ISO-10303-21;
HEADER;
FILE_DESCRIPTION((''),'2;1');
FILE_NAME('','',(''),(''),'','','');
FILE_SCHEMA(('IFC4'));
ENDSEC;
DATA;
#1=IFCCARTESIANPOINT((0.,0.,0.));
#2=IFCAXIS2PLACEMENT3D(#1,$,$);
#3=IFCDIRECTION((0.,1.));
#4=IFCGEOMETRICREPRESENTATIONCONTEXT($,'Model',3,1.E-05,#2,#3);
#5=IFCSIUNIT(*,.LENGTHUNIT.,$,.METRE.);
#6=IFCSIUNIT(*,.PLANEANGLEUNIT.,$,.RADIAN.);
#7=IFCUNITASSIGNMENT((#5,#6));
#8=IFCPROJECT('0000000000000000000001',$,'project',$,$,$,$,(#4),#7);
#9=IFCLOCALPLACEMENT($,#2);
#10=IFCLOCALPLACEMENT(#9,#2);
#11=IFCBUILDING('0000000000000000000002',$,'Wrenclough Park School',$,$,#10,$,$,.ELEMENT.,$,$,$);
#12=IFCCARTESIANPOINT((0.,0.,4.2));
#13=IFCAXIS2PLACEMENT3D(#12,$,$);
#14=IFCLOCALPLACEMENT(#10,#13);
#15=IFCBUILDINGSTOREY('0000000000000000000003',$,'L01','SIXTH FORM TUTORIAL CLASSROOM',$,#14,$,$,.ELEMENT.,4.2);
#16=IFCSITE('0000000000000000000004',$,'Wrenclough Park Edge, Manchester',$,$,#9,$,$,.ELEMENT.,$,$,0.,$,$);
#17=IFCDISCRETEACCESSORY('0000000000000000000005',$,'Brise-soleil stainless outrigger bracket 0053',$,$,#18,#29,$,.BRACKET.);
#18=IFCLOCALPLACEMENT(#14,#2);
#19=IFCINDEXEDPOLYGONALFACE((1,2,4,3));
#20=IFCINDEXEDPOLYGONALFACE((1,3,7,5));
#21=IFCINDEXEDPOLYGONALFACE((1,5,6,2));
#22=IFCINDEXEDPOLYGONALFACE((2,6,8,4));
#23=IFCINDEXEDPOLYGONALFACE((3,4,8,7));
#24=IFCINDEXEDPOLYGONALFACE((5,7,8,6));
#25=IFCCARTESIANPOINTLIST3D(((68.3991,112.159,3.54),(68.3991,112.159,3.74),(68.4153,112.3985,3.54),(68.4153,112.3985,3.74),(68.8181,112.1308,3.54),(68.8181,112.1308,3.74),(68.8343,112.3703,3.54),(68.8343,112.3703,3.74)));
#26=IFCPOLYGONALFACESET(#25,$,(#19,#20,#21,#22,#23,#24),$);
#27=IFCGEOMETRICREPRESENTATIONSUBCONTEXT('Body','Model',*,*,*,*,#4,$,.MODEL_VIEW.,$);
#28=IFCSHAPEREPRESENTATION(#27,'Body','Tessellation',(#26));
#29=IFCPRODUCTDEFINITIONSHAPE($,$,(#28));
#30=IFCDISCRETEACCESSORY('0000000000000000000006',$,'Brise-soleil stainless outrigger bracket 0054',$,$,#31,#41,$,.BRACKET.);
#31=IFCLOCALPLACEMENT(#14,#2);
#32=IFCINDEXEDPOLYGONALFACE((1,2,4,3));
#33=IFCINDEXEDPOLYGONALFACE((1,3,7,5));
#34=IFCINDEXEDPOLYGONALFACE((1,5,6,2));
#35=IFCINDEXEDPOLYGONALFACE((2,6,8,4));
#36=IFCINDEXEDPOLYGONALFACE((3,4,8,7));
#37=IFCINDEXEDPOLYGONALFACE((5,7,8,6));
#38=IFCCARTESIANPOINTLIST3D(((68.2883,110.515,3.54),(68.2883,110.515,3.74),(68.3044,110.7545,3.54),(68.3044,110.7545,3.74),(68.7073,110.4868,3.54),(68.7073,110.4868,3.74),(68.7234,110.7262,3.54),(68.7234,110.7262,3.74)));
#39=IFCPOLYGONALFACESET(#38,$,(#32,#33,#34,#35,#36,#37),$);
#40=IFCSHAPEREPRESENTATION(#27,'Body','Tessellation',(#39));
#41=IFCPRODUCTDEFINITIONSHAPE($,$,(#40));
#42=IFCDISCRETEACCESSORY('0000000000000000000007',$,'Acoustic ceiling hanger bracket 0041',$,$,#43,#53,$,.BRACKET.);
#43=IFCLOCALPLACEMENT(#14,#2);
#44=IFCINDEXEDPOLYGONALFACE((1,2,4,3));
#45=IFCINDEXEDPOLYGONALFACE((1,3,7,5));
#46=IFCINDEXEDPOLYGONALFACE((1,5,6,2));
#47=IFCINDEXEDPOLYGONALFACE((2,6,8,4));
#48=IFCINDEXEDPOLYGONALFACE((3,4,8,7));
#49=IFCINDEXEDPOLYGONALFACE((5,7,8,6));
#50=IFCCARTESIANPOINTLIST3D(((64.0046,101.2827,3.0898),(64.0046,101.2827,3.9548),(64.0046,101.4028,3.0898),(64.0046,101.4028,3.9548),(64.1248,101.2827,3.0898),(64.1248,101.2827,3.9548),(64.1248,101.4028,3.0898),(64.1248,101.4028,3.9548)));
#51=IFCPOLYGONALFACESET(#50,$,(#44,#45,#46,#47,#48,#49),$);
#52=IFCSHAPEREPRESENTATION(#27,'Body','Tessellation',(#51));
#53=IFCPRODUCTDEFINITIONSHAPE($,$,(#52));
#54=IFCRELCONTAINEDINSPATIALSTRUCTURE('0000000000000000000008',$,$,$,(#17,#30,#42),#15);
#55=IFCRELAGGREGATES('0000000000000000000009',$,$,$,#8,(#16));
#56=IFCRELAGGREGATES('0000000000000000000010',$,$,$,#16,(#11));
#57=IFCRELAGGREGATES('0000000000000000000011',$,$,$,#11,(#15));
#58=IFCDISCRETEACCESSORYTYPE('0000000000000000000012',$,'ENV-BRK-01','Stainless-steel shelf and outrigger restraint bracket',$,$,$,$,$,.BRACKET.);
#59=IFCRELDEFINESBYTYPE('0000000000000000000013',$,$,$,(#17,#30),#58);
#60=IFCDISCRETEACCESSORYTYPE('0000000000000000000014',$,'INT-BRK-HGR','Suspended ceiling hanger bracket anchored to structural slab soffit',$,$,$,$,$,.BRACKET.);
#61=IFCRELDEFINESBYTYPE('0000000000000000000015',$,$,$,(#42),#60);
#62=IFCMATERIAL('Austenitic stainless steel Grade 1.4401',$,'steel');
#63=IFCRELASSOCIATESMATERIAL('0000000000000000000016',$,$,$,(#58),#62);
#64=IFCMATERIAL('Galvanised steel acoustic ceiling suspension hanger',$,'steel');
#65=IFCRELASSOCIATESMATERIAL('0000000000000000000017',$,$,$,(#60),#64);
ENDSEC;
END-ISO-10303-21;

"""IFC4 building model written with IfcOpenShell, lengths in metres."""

from ifc_helpers import new_model, si_unit, direction, frame, origin, origin_2d, place, context, subcontext, project, spatial, rectangle, extrude, material, type_object, element, save


model = new_model("IFC4")

# Units and contexts
model_context = context("Model", 3, precision=1e-05, world=origin(), true_north=direction((0.0, 1.0)))
body_context = subcontext(model_context, "Body", "Model", "MODEL_VIEW")
ifc_project = project(units=[si_unit("LENGTHUNIT", "METRE"), si_unit("PLANEANGLEUNIT", "RADIAN")], contexts=[model_context])

# Site, building, storey
site_placement = place(None, origin())
site = spatial("IfcSite", under=ifc_project, at=site_placement, Name="Wrenclough Park Edge, Manchester", CompositionType="ELEMENT", RefElevation=0.0)
building_placement = place(site_placement, origin())
building = spatial("IfcBuilding", under=site, at=building_placement, Name="Wrenclough Park School", CompositionType="ELEMENT")
storey_placement = place(building_placement, frame((0.0, 0.0, 4.2)))
storey = spatial("IfcBuildingStorey", under=building, at=storey_placement, Name="L01", Description="SIXTH FORM TUTORIAL CLASSROOM", CompositionType="ELEMENT", Elevation=4.2)

# Discrete accessories
ifc_material_1 = material(Name="Austenitic stainless steel Grade 1.4401", Category="steel")
discrete_accessory_type_1 = type_object("IfcDiscreteAccessoryType", Name="ENV-BRK-01", Description="Stainless-steel shelf and outrigger restraint bracket", PredefinedType="BRACKET", material=ifc_material_1)
for number, where, z_axis, x_axis, name in (
    (1, (68.6167, 112.2646, 3.54), (0.0, 0.0, 1.0), (-0.067259, -0.997736, 0.0), "Brise-soleil stainless outrigger bracket 0053"),
    (2, (68.5059, 110.6206, 3.54), (0.0, 0.0, 1.0), (-0.067259, -0.997736, 0.0), "Brise-soleil stainless outrigger bracket 0054"),
):
    element("IfcDiscreteAccessory", number, at=place(storey_placement, frame(where, z_axis=z_axis, x_axis=x_axis)), inside=storey, type_object=discrete_accessory_type_1, Name=name, PredefinedType="BRACKET", context=body_context, shape_type="SweptSolid", body=[
        extrude(rectangle(XDim=0.24, YDim=0.4199, at=origin_2d()), origin(), (0.0, 0.0, 1.0), 0.2),
    ])
ifc_material_2 = material(Name="Galvanised steel acoustic ceiling suspension hanger", Category="steel")
discrete_accessory_type_2 = type_object("IfcDiscreteAccessoryType", Name="INT-BRK-HGR", Description="Suspended ceiling hanger bracket anchored to structural slab soffit", PredefinedType="BRACKET", material=ifc_material_2)
discrete_accessory_placement = place(storey_placement, frame((64.0647, 101.3428, 3.0898), z_axis=(0.0, 0.0, 1.0), x_axis=(1.0, 0.0, 0.0)))
element("IfcDiscreteAccessory", 3, at=discrete_accessory_placement, inside=storey, type_object=discrete_accessory_type_2, Name="Acoustic ceiling hanger bracket 0041", PredefinedType="BRACKET", context=body_context, shape_type="SweptSolid", body=[
    extrude(rectangle(XDim=0.1201, YDim=0.1201, at=origin_2d()), origin(), (0.0, 0.0, 1.0), 0.865),
])

save(model, "model.ifc")
